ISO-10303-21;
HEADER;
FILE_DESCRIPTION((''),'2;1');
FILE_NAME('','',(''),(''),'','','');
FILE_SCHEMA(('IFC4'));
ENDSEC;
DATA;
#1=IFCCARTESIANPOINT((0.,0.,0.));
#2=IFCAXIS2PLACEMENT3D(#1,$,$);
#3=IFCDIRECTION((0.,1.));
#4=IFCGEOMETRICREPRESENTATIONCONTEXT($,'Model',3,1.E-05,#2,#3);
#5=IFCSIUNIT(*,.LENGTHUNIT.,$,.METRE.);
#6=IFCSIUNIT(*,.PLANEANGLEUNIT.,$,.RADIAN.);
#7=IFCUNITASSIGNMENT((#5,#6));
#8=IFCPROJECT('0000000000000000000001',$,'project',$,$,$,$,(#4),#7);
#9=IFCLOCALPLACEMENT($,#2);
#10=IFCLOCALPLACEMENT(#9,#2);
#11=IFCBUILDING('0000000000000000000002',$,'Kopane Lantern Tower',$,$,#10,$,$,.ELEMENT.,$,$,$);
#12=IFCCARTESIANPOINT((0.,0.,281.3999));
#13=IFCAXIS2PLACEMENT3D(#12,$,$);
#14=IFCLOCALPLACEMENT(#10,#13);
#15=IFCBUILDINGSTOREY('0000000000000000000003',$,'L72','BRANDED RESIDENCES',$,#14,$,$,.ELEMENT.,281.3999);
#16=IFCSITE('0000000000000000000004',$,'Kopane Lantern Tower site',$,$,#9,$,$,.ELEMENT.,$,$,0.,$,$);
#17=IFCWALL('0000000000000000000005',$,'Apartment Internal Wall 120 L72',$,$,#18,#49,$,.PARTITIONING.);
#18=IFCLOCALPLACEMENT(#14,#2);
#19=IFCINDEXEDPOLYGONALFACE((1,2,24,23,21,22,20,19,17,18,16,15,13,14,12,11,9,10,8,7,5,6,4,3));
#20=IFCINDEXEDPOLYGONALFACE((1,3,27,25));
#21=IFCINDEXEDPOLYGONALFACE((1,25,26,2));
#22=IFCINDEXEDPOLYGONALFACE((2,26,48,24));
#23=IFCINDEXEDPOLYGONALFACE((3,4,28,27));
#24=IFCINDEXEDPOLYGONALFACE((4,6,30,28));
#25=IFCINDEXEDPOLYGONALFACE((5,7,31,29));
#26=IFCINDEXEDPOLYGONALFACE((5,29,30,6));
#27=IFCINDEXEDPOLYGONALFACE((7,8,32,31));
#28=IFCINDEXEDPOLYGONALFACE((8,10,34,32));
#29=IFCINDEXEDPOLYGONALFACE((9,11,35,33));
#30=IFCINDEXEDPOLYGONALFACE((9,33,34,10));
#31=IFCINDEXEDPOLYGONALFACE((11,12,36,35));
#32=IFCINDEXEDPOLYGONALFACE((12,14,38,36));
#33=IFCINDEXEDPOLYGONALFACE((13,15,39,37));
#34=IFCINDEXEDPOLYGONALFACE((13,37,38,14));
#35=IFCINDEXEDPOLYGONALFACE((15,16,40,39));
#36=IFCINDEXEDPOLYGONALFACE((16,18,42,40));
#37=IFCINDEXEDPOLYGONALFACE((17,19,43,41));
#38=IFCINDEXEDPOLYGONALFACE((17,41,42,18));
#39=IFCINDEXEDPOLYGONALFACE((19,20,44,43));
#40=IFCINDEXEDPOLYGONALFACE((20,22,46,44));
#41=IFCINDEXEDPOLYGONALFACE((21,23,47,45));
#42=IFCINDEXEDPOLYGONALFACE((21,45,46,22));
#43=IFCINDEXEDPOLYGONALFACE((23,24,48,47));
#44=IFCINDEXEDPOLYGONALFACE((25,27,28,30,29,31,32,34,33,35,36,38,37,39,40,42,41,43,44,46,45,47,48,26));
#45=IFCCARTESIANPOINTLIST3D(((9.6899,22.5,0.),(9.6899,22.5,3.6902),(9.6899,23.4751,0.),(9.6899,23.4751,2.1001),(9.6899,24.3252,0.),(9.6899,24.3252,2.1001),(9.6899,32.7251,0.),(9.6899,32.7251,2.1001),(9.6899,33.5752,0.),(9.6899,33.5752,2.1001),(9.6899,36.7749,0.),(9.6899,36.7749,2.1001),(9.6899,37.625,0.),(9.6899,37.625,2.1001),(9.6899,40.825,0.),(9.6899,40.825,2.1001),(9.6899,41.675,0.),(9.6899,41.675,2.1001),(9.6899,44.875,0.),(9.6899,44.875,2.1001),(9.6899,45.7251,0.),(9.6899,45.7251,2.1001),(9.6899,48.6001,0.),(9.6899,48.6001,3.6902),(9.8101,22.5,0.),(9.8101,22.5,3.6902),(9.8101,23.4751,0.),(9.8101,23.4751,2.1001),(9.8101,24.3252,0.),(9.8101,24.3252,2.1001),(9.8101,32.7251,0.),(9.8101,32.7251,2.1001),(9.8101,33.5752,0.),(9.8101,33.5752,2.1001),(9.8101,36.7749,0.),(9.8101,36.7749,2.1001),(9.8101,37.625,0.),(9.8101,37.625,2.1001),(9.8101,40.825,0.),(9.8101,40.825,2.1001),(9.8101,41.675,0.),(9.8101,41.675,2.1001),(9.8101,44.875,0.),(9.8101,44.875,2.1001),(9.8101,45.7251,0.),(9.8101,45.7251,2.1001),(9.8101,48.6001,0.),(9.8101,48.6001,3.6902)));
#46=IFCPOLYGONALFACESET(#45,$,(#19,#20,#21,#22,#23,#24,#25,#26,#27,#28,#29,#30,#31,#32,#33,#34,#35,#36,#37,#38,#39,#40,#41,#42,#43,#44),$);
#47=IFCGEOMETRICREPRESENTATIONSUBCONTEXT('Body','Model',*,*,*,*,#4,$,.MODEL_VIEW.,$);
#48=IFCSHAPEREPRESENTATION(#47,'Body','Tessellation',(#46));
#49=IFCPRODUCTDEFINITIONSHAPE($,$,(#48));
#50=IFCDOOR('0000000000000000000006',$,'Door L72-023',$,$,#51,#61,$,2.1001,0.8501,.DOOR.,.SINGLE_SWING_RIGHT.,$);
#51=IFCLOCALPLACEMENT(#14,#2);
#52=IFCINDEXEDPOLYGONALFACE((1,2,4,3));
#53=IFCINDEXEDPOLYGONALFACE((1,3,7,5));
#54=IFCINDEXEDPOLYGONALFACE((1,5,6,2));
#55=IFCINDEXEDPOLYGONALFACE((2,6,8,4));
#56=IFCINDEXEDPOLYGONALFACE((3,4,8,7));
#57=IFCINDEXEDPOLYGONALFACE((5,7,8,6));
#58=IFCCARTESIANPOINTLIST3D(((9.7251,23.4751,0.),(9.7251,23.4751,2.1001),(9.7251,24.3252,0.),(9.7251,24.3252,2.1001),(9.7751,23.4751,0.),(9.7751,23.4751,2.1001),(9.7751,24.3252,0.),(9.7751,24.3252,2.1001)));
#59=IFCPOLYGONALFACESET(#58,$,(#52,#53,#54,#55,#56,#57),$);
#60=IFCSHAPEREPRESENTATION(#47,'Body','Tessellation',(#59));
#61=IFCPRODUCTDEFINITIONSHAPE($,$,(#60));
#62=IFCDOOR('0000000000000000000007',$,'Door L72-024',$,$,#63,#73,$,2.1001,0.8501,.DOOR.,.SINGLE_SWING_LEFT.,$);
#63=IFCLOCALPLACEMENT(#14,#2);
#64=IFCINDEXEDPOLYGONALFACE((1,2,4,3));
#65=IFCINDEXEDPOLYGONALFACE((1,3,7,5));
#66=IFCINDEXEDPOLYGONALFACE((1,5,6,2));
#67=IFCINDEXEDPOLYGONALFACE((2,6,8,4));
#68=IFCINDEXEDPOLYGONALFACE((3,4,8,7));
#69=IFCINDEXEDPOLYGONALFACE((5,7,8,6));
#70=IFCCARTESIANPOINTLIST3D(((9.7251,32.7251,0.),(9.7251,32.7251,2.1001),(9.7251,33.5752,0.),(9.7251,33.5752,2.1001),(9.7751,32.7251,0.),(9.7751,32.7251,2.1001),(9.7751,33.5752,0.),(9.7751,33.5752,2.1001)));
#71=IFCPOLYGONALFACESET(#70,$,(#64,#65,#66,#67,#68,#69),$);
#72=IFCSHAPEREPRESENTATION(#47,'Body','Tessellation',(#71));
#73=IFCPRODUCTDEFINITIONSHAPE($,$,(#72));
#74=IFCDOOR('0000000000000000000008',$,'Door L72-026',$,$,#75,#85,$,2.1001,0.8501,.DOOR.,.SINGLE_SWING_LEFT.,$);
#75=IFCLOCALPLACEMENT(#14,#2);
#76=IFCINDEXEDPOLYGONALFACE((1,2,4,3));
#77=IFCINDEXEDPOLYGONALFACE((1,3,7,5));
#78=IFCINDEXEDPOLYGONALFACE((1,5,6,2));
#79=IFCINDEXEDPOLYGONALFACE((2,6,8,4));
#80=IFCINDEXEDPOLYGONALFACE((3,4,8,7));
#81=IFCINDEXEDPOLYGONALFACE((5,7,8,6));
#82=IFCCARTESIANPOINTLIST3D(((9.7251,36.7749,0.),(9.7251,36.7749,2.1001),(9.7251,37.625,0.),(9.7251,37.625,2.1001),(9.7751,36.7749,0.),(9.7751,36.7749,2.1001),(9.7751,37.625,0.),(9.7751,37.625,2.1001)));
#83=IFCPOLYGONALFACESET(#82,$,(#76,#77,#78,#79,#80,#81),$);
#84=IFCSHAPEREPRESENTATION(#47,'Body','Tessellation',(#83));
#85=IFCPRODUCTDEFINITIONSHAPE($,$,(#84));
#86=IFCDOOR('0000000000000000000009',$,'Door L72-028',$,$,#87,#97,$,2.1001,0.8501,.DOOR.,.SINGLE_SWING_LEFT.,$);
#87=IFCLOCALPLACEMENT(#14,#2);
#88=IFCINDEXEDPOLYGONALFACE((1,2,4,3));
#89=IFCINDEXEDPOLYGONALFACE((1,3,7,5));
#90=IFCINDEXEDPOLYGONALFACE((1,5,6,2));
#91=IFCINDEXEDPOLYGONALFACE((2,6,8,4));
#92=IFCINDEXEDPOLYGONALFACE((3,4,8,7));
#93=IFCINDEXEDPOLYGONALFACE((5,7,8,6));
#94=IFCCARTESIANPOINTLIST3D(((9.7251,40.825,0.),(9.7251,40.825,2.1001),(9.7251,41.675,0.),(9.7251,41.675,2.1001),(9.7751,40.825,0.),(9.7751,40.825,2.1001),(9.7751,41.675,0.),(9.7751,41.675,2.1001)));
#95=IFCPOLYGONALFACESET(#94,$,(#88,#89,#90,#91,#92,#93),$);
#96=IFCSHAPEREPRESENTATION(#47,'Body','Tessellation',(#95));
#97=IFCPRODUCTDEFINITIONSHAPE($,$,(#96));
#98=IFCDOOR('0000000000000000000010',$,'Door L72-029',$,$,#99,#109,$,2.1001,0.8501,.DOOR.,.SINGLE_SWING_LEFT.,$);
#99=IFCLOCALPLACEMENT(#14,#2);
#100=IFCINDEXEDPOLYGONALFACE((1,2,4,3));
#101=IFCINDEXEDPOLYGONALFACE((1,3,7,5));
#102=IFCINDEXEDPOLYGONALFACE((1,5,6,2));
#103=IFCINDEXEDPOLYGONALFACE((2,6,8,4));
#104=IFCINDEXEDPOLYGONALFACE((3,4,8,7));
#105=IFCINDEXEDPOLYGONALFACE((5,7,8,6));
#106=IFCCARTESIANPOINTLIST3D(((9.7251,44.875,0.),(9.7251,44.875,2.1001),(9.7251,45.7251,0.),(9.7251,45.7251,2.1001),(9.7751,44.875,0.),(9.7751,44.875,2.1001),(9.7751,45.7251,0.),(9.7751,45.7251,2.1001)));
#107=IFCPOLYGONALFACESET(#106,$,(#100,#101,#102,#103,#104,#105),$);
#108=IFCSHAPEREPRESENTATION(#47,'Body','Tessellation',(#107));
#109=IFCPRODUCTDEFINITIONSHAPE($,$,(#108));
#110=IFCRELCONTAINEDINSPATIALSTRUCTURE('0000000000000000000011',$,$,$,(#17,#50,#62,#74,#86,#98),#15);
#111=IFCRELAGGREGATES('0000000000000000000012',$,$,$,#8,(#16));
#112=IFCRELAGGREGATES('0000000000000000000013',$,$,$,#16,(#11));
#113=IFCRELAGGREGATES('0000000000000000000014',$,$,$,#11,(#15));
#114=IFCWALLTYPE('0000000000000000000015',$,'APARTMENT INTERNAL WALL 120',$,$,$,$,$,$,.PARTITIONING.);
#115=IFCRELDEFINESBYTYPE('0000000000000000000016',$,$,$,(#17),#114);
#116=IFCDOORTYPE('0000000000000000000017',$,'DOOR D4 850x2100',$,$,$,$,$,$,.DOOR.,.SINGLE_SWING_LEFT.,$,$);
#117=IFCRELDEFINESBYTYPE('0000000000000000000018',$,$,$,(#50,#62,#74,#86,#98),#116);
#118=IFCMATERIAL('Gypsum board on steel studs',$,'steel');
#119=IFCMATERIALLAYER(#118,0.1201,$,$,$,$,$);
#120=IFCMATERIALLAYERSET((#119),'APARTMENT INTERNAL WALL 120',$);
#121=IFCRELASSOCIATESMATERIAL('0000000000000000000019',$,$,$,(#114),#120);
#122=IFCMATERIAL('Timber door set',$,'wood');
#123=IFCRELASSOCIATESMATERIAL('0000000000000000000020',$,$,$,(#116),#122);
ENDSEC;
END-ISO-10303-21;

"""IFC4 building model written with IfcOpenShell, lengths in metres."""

from ifc_helpers import new_model, si_unit, direction, frame, frame_2d, origin, place, context, subcontext, project, spatial, rectangle, extrude, material, layer, layer_set, type_object, element, fill, save


model = new_model("IFC4")

# Units and contexts
model_context = context("Model", 3, precision=1e-05, world=origin(), true_north=direction((0.0, 1.0)))
body_context = subcontext(model_context, "Body", "Model", "MODEL_VIEW")
ifc_project = project(units=[si_unit("LENGTHUNIT", "METRE"), si_unit("PLANEANGLEUNIT", "RADIAN")], contexts=[model_context])

# Site, building, storey
site_placement = place(None, origin())
site = spatial("IfcSite", under=ifc_project, at=site_placement, Name="Kopane Lantern Tower site", CompositionType="ELEMENT", RefElevation=0.0)
building_placement = place(site_placement, origin())
building = spatial("IfcBuilding", under=site, at=building_placement, Name="Kopane Lantern Tower", CompositionType="ELEMENT")
storey_placement = place(building_placement, frame((0.0, 0.0, 281.3999)))
storey = spatial("IfcBuildingStorey", under=building, at=storey_placement, Name="L72", Description="BRANDED RESIDENCES", CompositionType="ELEMENT", Elevation=281.3999)

# Wall, openings, doors
ifc_material_1 = material(Name="Gypsum board on steel studs", Category="steel")
ifc_layer_1 = layer(ifc_material_1, 0.1201)
ifc_layer_set_1 = layer_set([ifc_layer_1], Name="APARTMENT INTERNAL WALL 120")
wall_type_1 = type_object("IfcWallType", Name="APARTMENT INTERNAL WALL 120", PredefinedType="PARTITIONING", material=ifc_layer_set_1)
wall_1_placement = place(storey_placement, frame((9.75, 22.5, 0.0), z_axis=(0.0, 0.0, 1.0), x_axis=(0.0, 1.0, 0.0)))
wall_1 = element("IfcWall", 1, at=wall_1_placement, inside=storey, type_object=wall_type_1, Name="Apartment Internal Wall 120 L72", PredefinedType="PARTITIONING", context=body_context, shape_type="SweptSolid", body=[
    extrude(rectangle(XDim=26.1001, YDim=0.1201, at=frame_2d((13.05, 0.0))), origin(), (0.0, 0.0, 1.0), 3.6902),
])
opening_1_placement = place(wall_1_placement, frame((0.9751, 0.0, 0.0)))
opening_1 = element("IfcOpeningElement", 2, at=opening_1_placement, cuts=wall_1, PredefinedType="OPENING", context=body_context, shape_type="SweptSolid", body=[
    extrude(rectangle(XDim=0.8501, YDim=2.1001, at=frame_2d((0.425, 1.05))), frame((0.0, 0.0701, 0.0), z_axis=(0.0, -1.0, 0.0), x_axis=(1.0, 0.0, 0.0)), (0.0, 0.0, 1.0), 0.1401),
])
opening_2_placement = place(wall_1_placement, frame((10.2251, 0.0, 0.0)))
opening_2 = element("IfcOpeningElement", 3, at=opening_2_placement, cuts=wall_1, PredefinedType="OPENING", context=body_context, shape_type="SweptSolid", body=[
    extrude(rectangle(XDim=0.8501, YDim=2.1001, at=frame_2d((0.425, 1.05))), frame((0.0, 0.0701, 0.0), z_axis=(0.0, -1.0, 0.0), x_axis=(1.0, 0.0, 0.0)), (0.0, 0.0, 1.0), 0.1401),
])
opening_3_placement = place(wall_1_placement, frame((14.2749, 0.0, 0.0)))
opening_3 = element("IfcOpeningElement", 4, at=opening_3_placement, cuts=wall_1, PredefinedType="OPENING", context=body_context, shape_type="SweptSolid", body=[
    extrude(rectangle(XDim=0.8501, YDim=2.1001, at=frame_2d((0.425, 1.05))), frame((0.0, 0.0701, 0.0), z_axis=(0.0, -1.0, 0.0), x_axis=(1.0, 0.0, 0.0)), (0.0, 0.0, 1.0), 0.1401),
])
opening_4_placement = place(wall_1_placement, frame((18.325, 0.0, 0.0)))
opening_4 = element("IfcOpeningElement", 5, at=opening_4_placement, cuts=wall_1, PredefinedType="OPENING", context=body_context, shape_type="SweptSolid", body=[
    extrude(rectangle(XDim=0.8501, YDim=2.1001, at=frame_2d((0.425, 1.05))), frame((0.0, 0.0701, 0.0), z_axis=(0.0, -1.0, 0.0), x_axis=(1.0, 0.0, 0.0)), (0.0, 0.0, 1.0), 0.1401),
])
opening_5_placement = place(wall_1_placement, frame((22.375, 0.0, 0.0)))
opening_5 = element("IfcOpeningElement", 6, at=opening_5_placement, cuts=wall_1, PredefinedType="OPENING", context=body_context, shape_type="SweptSolid", body=[
    extrude(rectangle(XDim=0.8501, YDim=2.1001, at=frame_2d((0.425, 1.05))), frame((0.0, 0.0701, 0.0), z_axis=(0.0, -1.0, 0.0), x_axis=(1.0, 0.0, 0.0)), (0.0, 0.0, 1.0), 0.1401),
])
ifc_material_2 = material(Name="Timber door set", Category="wood")
door_type_1 = type_object("IfcDoorType", Name="DOOR D4 850x2100", OperationType="SINGLE_SWING_LEFT", PredefinedType="DOOR", material=ifc_material_2)
door_1_placement = place(opening_1_placement, origin())
door_1 = element("IfcDoor", 7, at=door_1_placement, inside=storey, type_object=door_type_1, Name="Door L72-023", OperationType="SINGLE_SWING_RIGHT", OverallHeight=2.1001, OverallWidth=0.8501, PredefinedType="DOOR", context=body_context, shape_type="SweptSolid", body=[
    extrude(rectangle(XDim=0.8501, YDim=2.1001, at=frame_2d((0.425, 1.05))), frame((0.0, 0.0249, 0.0), z_axis=(0.0, -1.0, 0.0), x_axis=(1.0, 0.0, 0.0)), (0.0, 0.0, 1.0), 0.05),
])
fill(opening_1, door_1)
door_2_placement = place(opening_2_placement, origin())
door_2 = element("IfcDoor", 8, at=door_2_placement, inside=storey, type_object=door_type_1, Name="Door L72-024", OperationType="SINGLE_SWING_LEFT", OverallHeight=2.1001, OverallWidth=0.8501, PredefinedType="DOOR", context=body_context, shape_type="SweptSolid", body=[
    extrude(rectangle(XDim=0.8501, YDim=2.1001, at=frame_2d((0.425, 1.05))), frame((0.0, 0.0249, 0.0), z_axis=(0.0, -1.0, 0.0), x_axis=(1.0, 0.0, 0.0)), (0.0, 0.0, 1.0), 0.05),
])
fill(opening_2, door_2)
door_3_placement = place(opening_3_placement, origin())
door_3 = element("IfcDoor", 9, at=door_3_placement, inside=storey, type_object=door_type_1, Name="Door L72-026", OperationType="SINGLE_SWING_LEFT", OverallHeight=2.1001, OverallWidth=0.8501, PredefinedType="DOOR", context=body_context, shape_type="SweptSolid", body=[
    extrude(rectangle(XDim=0.8501, YDim=2.1001, at=frame_2d((0.425, 1.05))), frame((0.0, 0.0249, 0.0), z_axis=(0.0, -1.0, 0.0), x_axis=(1.0, 0.0, 0.0)), (0.0, 0.0, 1.0), 0.05),
])
fill(opening_3, door_3)
door_4_placement = place(opening_4_placement, origin())
door_4 = element("IfcDoor", 10, at=door_4_placement, inside=storey, type_object=door_type_1, Name="Door L72-028", OperationType="SINGLE_SWING_LEFT", OverallHeight=2.1001, OverallWidth=0.8501, PredefinedType="DOOR", context=body_context, shape_type="SweptSolid", body=[
    extrude(rectangle(XDim=0.8501, YDim=2.1001, at=frame_2d((0.425, 1.05))), frame((0.0, 0.0249, 0.0), z_axis=(0.0, -1.0, 0.0), x_axis=(1.0, 0.0, 0.0)), (0.0, 0.0, 1.0), 0.05),
])
fill(opening_4, door_4)
door_5_placement = place(opening_5_placement, origin())
door_5 = element("IfcDoor", 11, at=door_5_placement, inside=storey, type_object=door_type_1, Name="Door L72-029", OperationType="SINGLE_SWING_LEFT", OverallHeight=2.1001, OverallWidth=0.8501, PredefinedType="DOOR", context=body_context, shape_type="SweptSolid", body=[
    extrude(rectangle(XDim=0.8501, YDim=2.1001, at=frame_2d((0.425, 1.05))), frame((0.0, 0.0249, 0.0), z_axis=(0.0, -1.0, 0.0), x_axis=(1.0, 0.0, 0.0)), (0.0, 0.0, 1.0), 0.05),
])
fill(opening_5, door_5)

save(model, "model.ifc")
